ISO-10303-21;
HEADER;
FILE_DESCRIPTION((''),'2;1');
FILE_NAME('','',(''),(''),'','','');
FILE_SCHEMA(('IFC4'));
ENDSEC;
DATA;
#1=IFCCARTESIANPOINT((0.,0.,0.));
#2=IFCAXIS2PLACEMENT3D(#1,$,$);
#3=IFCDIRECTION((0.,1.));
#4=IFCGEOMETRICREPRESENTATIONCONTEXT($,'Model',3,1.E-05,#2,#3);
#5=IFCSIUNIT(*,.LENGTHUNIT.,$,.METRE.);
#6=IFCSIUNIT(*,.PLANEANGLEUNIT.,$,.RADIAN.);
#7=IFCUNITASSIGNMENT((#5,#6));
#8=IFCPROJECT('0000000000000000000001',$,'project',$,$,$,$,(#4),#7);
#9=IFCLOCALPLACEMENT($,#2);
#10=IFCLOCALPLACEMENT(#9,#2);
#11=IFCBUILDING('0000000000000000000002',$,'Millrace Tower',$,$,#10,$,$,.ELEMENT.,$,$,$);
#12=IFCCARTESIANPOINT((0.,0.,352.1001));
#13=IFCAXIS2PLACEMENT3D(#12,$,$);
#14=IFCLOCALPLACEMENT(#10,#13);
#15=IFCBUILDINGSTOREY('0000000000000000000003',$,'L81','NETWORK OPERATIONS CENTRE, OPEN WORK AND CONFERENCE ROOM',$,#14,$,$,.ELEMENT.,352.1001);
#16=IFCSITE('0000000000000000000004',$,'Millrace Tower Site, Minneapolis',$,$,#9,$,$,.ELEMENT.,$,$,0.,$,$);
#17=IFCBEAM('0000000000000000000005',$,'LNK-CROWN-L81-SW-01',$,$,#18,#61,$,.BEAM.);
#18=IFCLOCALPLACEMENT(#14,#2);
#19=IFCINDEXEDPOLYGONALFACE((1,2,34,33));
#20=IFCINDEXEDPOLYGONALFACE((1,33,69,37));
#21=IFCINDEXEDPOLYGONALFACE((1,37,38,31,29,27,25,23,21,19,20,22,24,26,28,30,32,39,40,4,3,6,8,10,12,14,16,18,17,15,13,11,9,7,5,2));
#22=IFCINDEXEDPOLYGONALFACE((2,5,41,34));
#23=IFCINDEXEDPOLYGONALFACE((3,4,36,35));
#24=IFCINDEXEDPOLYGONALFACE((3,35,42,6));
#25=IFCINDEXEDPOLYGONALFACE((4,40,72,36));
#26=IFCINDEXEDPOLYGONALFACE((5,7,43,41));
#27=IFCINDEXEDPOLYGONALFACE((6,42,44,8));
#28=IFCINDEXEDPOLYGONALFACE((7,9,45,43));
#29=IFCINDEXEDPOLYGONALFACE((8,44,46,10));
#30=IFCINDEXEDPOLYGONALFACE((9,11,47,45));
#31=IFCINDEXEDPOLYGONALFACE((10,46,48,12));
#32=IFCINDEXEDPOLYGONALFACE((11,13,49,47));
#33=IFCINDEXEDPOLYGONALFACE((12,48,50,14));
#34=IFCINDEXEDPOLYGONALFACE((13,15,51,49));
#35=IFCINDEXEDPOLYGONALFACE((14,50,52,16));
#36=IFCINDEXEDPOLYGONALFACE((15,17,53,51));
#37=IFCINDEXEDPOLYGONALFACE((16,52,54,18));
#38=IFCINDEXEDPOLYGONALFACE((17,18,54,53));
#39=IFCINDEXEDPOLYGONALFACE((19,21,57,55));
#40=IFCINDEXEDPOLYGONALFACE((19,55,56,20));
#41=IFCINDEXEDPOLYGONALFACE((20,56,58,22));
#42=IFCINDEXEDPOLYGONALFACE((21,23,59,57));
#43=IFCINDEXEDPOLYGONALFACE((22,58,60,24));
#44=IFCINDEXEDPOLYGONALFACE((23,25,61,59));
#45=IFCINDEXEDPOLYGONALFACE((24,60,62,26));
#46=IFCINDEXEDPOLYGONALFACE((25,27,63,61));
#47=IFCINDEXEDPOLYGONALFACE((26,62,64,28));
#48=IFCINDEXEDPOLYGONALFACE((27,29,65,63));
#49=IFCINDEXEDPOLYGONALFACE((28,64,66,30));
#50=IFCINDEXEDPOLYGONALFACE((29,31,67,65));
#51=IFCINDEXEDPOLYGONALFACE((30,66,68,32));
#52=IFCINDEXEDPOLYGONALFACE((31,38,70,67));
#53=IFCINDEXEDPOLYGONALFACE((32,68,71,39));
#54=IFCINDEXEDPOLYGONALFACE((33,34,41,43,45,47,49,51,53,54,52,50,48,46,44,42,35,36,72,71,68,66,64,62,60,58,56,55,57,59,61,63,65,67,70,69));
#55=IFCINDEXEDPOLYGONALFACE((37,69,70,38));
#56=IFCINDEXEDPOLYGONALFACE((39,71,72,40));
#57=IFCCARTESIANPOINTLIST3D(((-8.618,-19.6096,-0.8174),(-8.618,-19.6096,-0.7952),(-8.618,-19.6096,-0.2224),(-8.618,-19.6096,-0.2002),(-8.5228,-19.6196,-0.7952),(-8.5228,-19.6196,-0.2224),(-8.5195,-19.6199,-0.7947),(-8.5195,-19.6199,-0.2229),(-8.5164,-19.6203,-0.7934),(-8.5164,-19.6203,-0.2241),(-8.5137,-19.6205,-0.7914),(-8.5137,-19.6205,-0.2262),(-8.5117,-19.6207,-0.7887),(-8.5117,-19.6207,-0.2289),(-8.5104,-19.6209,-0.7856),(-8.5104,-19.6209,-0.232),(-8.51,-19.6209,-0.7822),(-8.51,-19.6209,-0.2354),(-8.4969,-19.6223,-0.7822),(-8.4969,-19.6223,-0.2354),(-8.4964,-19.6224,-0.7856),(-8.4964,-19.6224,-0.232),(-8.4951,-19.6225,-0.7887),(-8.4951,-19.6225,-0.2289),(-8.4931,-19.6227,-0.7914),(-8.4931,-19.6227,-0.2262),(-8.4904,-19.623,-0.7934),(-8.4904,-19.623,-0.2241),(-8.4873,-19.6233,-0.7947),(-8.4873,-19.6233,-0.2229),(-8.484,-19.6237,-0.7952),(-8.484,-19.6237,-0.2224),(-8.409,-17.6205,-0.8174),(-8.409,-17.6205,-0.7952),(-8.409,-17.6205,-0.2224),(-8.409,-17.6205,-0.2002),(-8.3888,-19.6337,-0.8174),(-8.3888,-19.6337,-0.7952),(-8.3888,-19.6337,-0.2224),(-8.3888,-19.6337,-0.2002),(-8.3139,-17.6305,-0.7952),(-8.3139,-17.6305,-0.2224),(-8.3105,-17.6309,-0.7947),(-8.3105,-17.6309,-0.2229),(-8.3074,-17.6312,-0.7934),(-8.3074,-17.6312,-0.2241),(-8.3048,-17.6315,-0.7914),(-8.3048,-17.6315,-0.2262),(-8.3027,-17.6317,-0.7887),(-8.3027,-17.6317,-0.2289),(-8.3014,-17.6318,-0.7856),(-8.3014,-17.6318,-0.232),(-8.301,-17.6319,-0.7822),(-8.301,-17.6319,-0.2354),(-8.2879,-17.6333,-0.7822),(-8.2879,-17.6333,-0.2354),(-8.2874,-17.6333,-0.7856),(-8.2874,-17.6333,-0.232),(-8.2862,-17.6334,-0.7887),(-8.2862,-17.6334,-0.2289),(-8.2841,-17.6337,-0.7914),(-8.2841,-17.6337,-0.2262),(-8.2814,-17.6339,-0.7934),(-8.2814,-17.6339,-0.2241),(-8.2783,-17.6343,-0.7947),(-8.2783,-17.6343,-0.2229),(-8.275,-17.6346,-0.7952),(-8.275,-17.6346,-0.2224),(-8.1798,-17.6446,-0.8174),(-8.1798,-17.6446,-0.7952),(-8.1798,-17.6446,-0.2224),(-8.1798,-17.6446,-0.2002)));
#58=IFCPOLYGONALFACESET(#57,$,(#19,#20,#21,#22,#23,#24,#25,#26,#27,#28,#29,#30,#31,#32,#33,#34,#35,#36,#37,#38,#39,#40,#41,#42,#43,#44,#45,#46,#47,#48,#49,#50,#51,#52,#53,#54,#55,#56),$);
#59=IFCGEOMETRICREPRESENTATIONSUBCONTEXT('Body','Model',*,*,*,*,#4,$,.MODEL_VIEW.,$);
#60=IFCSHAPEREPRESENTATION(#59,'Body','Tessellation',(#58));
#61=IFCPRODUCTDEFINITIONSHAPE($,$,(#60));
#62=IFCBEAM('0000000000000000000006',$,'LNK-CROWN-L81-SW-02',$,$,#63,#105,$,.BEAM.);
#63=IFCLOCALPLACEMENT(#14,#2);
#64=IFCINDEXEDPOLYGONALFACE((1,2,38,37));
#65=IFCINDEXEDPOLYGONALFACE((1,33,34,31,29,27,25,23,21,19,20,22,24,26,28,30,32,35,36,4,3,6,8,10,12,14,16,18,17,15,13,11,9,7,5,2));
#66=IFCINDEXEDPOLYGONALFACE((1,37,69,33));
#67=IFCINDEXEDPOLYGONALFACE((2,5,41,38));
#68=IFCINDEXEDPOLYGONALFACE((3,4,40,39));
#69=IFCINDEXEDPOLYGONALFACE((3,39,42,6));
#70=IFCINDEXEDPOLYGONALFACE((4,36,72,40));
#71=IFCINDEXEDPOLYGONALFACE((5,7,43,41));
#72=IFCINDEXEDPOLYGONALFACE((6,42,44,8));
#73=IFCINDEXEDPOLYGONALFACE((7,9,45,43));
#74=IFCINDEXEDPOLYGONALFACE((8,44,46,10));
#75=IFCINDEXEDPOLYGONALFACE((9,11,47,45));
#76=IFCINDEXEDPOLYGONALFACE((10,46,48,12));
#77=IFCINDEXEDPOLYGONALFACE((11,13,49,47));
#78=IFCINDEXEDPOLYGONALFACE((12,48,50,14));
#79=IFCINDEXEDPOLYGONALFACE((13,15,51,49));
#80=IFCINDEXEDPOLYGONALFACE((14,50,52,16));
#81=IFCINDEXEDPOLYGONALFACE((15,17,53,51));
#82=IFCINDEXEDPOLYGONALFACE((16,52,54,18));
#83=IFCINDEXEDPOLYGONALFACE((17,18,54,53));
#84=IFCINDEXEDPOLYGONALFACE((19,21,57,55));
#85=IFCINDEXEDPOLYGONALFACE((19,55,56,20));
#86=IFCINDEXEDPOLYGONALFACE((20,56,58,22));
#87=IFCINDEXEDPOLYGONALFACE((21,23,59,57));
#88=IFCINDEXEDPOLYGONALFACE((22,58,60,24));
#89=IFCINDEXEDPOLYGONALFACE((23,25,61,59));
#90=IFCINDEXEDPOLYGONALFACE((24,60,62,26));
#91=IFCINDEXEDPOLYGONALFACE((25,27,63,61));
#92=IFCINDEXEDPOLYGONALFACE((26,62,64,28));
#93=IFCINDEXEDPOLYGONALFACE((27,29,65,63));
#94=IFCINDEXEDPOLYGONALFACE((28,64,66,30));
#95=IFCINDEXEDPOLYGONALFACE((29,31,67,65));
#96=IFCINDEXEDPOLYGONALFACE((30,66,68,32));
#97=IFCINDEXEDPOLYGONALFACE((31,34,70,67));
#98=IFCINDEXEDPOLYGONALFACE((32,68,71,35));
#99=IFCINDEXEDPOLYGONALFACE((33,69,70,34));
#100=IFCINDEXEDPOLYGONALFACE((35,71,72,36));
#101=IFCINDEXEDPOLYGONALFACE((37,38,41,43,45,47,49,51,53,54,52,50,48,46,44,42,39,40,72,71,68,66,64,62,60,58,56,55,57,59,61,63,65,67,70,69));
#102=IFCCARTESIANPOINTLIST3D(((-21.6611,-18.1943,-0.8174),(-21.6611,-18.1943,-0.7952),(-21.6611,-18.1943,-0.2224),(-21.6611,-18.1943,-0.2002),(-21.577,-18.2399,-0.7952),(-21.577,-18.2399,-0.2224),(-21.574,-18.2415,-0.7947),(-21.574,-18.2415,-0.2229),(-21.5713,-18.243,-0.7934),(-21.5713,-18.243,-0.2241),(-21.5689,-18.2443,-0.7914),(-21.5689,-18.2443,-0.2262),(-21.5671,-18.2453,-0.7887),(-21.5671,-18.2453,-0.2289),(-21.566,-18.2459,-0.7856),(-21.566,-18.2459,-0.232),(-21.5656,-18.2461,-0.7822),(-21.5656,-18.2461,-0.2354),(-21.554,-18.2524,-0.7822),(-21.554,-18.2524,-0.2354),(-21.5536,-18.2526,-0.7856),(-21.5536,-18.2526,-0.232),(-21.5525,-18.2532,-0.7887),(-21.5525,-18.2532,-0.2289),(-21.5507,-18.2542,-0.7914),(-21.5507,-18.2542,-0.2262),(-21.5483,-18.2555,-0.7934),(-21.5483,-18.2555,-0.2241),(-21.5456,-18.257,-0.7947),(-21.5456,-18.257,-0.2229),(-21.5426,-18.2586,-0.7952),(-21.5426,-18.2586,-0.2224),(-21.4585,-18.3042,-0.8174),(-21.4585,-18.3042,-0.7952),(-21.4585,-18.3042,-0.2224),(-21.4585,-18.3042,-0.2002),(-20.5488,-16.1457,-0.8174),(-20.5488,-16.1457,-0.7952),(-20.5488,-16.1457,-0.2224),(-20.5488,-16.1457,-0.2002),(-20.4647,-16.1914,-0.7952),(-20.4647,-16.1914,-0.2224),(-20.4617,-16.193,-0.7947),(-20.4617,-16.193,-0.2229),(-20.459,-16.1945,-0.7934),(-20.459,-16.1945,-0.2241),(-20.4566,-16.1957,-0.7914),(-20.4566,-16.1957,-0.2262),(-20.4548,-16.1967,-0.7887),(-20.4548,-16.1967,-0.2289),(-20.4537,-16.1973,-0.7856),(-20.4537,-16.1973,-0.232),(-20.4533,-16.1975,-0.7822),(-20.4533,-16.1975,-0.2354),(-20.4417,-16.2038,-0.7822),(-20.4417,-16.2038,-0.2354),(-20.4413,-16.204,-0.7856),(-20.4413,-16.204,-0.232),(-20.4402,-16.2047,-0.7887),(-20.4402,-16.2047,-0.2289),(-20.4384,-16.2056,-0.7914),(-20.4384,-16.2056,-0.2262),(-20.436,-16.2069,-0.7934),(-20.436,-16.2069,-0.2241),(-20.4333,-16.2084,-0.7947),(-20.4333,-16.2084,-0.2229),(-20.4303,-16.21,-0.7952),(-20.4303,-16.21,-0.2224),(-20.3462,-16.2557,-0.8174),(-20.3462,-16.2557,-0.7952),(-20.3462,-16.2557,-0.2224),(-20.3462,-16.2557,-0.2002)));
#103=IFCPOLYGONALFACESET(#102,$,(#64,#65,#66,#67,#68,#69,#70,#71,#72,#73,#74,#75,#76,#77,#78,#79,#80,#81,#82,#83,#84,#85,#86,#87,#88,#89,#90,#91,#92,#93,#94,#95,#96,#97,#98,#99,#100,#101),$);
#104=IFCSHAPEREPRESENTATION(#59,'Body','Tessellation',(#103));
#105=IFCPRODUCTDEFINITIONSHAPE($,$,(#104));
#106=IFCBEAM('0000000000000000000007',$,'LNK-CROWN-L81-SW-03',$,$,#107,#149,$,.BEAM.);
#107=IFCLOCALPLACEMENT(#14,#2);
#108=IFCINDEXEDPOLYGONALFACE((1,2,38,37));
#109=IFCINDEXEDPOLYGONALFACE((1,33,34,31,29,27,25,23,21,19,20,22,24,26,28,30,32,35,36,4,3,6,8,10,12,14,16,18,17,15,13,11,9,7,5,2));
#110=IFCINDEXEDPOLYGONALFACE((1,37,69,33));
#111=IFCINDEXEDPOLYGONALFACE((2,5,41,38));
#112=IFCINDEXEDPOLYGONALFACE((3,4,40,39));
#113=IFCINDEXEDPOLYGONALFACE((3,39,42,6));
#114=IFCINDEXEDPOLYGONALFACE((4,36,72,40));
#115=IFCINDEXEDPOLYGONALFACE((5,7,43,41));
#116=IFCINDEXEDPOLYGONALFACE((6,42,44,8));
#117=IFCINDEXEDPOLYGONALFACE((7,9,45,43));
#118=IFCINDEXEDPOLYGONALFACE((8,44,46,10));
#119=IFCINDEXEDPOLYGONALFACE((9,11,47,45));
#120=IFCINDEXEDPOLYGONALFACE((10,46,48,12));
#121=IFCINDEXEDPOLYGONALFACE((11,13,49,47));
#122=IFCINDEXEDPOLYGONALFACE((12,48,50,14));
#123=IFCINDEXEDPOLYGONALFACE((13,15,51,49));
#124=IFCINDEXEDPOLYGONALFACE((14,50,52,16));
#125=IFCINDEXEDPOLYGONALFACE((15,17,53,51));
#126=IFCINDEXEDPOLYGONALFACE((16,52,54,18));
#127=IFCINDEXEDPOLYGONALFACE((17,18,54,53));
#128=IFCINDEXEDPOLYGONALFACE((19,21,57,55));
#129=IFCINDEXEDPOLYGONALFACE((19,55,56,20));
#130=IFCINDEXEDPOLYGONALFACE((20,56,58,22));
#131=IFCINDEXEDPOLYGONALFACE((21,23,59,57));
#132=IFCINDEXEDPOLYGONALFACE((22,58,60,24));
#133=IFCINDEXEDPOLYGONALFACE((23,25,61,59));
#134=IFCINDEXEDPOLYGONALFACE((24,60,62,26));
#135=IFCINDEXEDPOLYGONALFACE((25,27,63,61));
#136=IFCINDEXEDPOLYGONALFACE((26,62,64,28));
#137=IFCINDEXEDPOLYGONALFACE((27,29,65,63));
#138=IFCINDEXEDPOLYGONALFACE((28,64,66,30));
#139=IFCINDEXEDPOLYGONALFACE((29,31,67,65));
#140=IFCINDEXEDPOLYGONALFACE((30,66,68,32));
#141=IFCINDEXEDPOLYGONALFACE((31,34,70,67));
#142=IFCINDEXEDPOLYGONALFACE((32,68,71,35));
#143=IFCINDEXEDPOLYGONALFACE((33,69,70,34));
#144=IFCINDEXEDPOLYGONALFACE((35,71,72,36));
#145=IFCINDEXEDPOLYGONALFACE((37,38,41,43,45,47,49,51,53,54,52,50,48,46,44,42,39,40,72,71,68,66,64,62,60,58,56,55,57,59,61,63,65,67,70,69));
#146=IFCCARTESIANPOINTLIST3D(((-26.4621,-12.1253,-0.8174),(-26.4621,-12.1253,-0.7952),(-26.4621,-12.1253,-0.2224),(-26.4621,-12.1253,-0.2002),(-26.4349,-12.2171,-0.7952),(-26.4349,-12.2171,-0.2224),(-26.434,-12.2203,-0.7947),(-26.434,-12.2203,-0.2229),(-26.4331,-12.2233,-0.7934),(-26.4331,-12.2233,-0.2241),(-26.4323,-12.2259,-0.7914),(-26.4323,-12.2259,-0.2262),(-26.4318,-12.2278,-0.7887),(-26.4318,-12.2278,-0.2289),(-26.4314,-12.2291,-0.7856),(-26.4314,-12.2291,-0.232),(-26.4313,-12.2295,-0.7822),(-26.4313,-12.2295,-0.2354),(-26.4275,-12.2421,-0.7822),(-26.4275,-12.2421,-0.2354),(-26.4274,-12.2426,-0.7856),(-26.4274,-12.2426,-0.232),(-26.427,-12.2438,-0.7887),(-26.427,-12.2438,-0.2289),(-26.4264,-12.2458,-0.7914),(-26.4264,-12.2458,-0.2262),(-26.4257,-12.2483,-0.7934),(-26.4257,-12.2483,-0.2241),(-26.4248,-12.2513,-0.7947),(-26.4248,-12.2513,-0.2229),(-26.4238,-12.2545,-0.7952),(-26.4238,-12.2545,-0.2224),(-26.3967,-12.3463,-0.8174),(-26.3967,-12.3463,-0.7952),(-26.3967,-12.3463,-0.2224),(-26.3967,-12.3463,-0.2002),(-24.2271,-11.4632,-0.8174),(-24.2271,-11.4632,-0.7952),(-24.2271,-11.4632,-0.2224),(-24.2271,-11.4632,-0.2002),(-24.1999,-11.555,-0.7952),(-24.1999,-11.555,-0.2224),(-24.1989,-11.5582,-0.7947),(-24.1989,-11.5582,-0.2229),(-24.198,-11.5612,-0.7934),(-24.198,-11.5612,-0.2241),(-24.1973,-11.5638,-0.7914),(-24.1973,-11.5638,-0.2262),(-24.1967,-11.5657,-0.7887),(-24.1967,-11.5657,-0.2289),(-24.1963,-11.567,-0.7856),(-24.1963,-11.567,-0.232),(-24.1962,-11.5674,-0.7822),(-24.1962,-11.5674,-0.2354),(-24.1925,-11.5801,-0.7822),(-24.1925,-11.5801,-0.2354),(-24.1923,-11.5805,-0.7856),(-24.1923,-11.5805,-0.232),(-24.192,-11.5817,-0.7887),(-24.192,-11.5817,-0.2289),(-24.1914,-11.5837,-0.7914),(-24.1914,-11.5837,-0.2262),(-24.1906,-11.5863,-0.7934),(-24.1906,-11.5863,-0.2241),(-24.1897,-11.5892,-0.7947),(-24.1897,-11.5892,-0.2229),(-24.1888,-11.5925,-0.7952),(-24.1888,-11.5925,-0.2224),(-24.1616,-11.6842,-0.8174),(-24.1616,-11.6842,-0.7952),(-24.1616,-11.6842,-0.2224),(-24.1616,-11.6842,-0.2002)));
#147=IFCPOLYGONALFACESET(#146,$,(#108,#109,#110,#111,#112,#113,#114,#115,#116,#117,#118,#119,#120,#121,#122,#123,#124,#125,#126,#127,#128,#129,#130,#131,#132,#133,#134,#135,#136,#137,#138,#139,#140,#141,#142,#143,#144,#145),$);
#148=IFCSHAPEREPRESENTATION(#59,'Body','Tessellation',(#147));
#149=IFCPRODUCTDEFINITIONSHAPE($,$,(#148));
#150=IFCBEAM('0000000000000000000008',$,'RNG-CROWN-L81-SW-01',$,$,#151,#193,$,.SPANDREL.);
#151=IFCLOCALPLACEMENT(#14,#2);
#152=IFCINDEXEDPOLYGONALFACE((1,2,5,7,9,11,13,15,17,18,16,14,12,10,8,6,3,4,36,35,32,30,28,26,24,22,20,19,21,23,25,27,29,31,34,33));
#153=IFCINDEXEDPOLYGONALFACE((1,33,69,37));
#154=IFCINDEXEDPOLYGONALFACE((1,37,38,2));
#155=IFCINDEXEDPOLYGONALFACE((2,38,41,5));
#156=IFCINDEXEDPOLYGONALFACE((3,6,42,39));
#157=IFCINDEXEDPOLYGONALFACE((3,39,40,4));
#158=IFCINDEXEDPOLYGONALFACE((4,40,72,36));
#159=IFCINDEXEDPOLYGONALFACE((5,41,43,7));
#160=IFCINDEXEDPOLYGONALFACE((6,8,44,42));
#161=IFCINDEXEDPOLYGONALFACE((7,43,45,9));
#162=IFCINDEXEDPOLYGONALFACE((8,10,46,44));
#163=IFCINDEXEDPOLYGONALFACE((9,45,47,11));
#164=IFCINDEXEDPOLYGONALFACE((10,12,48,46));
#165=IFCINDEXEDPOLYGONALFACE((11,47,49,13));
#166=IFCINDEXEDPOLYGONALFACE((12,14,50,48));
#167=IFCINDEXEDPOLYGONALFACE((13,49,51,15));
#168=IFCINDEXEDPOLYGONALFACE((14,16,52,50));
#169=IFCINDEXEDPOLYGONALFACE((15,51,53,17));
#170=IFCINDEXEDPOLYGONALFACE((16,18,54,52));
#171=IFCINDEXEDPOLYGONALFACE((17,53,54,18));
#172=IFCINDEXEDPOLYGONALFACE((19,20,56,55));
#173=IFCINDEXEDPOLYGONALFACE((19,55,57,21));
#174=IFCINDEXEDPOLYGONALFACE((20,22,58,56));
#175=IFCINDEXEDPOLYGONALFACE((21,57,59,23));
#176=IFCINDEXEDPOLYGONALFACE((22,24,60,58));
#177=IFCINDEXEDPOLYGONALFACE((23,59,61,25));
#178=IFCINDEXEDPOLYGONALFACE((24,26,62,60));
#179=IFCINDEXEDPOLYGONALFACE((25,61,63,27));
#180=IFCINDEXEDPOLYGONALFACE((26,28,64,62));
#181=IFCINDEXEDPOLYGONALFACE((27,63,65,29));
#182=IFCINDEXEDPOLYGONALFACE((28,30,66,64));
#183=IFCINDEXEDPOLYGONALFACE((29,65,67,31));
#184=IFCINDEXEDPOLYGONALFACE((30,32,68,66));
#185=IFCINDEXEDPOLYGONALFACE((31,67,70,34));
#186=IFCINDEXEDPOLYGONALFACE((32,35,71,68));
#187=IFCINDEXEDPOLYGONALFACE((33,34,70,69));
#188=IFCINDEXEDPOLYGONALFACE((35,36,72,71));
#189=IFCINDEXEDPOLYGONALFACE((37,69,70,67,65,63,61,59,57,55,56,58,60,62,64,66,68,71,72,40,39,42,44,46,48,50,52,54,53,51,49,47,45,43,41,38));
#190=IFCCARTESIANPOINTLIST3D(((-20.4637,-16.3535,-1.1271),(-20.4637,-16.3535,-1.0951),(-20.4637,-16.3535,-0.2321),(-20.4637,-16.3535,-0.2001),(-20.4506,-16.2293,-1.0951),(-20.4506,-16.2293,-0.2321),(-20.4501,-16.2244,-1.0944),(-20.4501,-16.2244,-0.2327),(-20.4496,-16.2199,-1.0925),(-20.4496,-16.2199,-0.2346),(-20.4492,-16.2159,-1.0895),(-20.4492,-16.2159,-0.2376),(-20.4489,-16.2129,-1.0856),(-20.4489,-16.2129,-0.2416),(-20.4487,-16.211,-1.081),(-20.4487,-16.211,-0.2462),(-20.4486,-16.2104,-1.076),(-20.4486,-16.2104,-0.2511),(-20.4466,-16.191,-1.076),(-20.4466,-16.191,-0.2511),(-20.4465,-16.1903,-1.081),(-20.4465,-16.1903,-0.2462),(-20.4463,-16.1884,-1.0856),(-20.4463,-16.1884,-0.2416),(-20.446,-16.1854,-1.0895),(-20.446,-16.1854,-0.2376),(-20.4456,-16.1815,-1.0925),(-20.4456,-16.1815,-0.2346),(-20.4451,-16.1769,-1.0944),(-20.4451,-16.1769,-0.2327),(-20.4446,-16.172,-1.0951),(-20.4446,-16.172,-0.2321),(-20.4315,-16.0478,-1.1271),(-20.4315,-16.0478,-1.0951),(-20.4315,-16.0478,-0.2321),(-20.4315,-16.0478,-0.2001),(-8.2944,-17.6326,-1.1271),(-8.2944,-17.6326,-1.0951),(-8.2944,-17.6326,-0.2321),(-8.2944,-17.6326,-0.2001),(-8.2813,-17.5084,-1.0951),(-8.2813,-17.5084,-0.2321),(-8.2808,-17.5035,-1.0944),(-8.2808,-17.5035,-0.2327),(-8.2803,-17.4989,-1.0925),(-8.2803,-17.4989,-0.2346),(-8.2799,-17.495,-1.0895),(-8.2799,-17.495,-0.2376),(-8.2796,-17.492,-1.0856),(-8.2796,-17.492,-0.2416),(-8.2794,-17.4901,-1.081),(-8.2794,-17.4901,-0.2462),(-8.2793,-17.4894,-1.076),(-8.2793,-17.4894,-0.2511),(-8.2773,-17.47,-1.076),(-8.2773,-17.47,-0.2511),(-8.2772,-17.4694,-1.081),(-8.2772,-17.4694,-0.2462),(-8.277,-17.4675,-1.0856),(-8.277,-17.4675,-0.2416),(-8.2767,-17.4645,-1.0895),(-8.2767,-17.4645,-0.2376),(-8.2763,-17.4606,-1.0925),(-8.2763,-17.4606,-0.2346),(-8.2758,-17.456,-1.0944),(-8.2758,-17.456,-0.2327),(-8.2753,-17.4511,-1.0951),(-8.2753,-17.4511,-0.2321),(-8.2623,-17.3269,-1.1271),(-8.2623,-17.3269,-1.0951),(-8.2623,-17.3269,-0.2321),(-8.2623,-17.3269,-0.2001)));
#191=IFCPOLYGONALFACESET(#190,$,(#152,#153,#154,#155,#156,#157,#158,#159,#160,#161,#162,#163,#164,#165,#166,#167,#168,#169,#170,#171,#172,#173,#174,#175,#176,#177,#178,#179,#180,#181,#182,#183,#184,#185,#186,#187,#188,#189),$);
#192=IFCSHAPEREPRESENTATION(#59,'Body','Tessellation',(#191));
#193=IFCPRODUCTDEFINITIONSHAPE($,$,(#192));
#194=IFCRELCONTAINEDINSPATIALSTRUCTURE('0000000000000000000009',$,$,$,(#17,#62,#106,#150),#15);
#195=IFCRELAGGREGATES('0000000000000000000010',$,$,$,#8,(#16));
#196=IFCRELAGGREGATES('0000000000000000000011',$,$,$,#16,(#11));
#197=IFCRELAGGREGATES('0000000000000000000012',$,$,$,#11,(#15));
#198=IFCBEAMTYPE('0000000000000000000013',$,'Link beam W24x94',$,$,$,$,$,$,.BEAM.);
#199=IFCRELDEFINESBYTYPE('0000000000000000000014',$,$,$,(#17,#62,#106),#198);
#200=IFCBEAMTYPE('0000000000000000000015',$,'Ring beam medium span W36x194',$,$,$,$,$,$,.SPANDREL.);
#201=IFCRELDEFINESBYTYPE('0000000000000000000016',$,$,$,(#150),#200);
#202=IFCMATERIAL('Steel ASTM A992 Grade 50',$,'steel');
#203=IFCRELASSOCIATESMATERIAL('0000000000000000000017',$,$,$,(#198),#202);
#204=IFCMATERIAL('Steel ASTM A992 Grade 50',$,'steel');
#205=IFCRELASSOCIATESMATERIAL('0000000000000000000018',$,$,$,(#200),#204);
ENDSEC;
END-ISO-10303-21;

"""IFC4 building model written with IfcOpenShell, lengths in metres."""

from ifc_helpers import new_model, si_unit, direction, frame, origin, origin_2d, place, context, subcontext, project, spatial, i_section, extrude, material, material_profile, profile_set, type_object, element, save


model = new_model("IFC4")

# Units and contexts
model_context = context("Model", 3, precision=1e-05, world=origin(), true_north=direction((0.0, 1.0)))
body_context = subcontext(model_context, "Body", "Model", "MODEL_VIEW")
ifc_project = project(units=[si_unit("LENGTHUNIT", "METRE"), si_unit("PLANEANGLEUNIT", "RADIAN")], contexts=[model_context])

# Site, building, storey
site_placement = place(None, origin())
site = spatial("IfcSite", under=ifc_project, at=site_placement, Name="Millrace Tower Site, Minneapolis", CompositionType="ELEMENT", RefElevation=0.0)
building_placement = place(site_placement, origin())
building = spatial("IfcBuilding", under=site, at=building_placement, Name="Millrace Tower", CompositionType="ELEMENT")
storey_placement = place(building_placement, frame((0.0, 0.0, 352.1001)))
storey = spatial("IfcBuildingStorey", under=building, at=storey_placement, Name="L81", Description="NETWORK OPERATIONS CENTRE, OPEN WORK AND CONFERENCE ROOM", CompositionType="ELEMENT", Elevation=352.1001)

# Beams
ifc_material_1 = material(Name="Steel ASTM A992 Grade 50", Category="steel")
ifc_material_profile_1 = material_profile(ifc_material_1, i_section(OverallWidth=0.2305, OverallDepth=0.6172, WebThickness=0.0132, FlangeThickness=0.0222, FilletRadius=0.0129, at=origin_2d()))
ifc_profile_set_1 = profile_set([ifc_material_profile_1], Name="Steel ASTM A992 Grade 50")
beam_type_1 = type_object("IfcBeamType", Name="Link beam W24x94", PredefinedType="BEAM", material=ifc_profile_set_1)
beam_1_placement = place(storey_placement, frame((-8.2944, -17.6326, -0.5088), z_axis=(-0.104494, -0.994526, 0.0), x_axis=(0.994526, -0.104494, 0.0)))
element("IfcBeam", 1, at=beam_1_placement, inside=storey, type_object=beam_type_1, Name="LNK-CROWN-L81-SW-01", PredefinedType="BEAM", context=body_context, shape_type="SweptSolid", body=[
    extrude(i_section(OverallWidth=0.2305, OverallDepth=0.6172, WebThickness=0.0132, FlangeThickness=0.0222, FilletRadius=0.0129, at=origin_2d()), origin(), (0.0, 0.0, 1.0), 2.0),
])
for number, where, z_axis, x_axis, name in (
    (2, (-20.4475, -16.2007, -0.5088), (-0.477164, -0.878815, 0.0), (0.878815, -0.477164, 0.0), "LNK-CROWN-L81-SW-02"),
    (3, (-24.1943, -11.5737, -0.5088), (-0.958815, -0.284031, 0.0), (0.284031, -0.958815, 0.0), "LNK-CROWN-L81-SW-03"),
):
    element("IfcBeam", number, at=place(storey_placement, frame(where, z_axis=z_axis, x_axis=x_axis)), inside=storey, type_object=beam_type_1, Name=name, PredefinedType="BEAM", context=body_context, shape_type="SweptSolid", body=[
        extrude(i_section(OverallWidth=0.2305, OverallDepth=0.6172, WebThickness=0.0132, FlangeThickness=0.0222, FilletRadius=0.0129, at=origin_2d()), origin(), (0.0, 0.0, 1.0), 2.3311),
    ])
ifc_material_2 = material(Name="Steel ASTM A992 Grade 50", Category="steel")
ifc_material_profile_2 = material_profile(ifc_material_2, i_section(OverallWidth=0.3074, OverallDepth=0.927, WebThickness=0.0195, FlangeThickness=0.032, FilletRadius=0.019, at=origin_2d()))
ifc_profile_set_2 = profile_set([ifc_material_profile_2], Name="Steel ASTM A992 Grade 50")
beam_type_2 = type_object("IfcBeamType", Name="Ring beam medium span W36x194", PredefinedType="SPANDREL", material=ifc_profile_set_2)
beam_2_placement = place(storey_placement, frame((-8.2783, -17.4797, -0.6636), z_axis=(-0.994522, 0.10453, 0.0), x_axis=(-0.10453, -0.994522, 0.0)))
element("IfcBeam", 4, at=beam_2_placement, inside=storey, type_object=beam_type_2, Name="RNG-CROWN-L81-SW-01", PredefinedType="SPANDREL", context=body_context, shape_type="SweptSolid", body=[
    extrude(i_section(OverallWidth=0.3074, OverallDepth=0.927, WebThickness=0.0195, FlangeThickness=0.032, FilletRadius=0.019, at=origin_2d()), origin(), (0.0, 0.0, 1.0), 12.2363),
])

save(model, "model.ifc")
